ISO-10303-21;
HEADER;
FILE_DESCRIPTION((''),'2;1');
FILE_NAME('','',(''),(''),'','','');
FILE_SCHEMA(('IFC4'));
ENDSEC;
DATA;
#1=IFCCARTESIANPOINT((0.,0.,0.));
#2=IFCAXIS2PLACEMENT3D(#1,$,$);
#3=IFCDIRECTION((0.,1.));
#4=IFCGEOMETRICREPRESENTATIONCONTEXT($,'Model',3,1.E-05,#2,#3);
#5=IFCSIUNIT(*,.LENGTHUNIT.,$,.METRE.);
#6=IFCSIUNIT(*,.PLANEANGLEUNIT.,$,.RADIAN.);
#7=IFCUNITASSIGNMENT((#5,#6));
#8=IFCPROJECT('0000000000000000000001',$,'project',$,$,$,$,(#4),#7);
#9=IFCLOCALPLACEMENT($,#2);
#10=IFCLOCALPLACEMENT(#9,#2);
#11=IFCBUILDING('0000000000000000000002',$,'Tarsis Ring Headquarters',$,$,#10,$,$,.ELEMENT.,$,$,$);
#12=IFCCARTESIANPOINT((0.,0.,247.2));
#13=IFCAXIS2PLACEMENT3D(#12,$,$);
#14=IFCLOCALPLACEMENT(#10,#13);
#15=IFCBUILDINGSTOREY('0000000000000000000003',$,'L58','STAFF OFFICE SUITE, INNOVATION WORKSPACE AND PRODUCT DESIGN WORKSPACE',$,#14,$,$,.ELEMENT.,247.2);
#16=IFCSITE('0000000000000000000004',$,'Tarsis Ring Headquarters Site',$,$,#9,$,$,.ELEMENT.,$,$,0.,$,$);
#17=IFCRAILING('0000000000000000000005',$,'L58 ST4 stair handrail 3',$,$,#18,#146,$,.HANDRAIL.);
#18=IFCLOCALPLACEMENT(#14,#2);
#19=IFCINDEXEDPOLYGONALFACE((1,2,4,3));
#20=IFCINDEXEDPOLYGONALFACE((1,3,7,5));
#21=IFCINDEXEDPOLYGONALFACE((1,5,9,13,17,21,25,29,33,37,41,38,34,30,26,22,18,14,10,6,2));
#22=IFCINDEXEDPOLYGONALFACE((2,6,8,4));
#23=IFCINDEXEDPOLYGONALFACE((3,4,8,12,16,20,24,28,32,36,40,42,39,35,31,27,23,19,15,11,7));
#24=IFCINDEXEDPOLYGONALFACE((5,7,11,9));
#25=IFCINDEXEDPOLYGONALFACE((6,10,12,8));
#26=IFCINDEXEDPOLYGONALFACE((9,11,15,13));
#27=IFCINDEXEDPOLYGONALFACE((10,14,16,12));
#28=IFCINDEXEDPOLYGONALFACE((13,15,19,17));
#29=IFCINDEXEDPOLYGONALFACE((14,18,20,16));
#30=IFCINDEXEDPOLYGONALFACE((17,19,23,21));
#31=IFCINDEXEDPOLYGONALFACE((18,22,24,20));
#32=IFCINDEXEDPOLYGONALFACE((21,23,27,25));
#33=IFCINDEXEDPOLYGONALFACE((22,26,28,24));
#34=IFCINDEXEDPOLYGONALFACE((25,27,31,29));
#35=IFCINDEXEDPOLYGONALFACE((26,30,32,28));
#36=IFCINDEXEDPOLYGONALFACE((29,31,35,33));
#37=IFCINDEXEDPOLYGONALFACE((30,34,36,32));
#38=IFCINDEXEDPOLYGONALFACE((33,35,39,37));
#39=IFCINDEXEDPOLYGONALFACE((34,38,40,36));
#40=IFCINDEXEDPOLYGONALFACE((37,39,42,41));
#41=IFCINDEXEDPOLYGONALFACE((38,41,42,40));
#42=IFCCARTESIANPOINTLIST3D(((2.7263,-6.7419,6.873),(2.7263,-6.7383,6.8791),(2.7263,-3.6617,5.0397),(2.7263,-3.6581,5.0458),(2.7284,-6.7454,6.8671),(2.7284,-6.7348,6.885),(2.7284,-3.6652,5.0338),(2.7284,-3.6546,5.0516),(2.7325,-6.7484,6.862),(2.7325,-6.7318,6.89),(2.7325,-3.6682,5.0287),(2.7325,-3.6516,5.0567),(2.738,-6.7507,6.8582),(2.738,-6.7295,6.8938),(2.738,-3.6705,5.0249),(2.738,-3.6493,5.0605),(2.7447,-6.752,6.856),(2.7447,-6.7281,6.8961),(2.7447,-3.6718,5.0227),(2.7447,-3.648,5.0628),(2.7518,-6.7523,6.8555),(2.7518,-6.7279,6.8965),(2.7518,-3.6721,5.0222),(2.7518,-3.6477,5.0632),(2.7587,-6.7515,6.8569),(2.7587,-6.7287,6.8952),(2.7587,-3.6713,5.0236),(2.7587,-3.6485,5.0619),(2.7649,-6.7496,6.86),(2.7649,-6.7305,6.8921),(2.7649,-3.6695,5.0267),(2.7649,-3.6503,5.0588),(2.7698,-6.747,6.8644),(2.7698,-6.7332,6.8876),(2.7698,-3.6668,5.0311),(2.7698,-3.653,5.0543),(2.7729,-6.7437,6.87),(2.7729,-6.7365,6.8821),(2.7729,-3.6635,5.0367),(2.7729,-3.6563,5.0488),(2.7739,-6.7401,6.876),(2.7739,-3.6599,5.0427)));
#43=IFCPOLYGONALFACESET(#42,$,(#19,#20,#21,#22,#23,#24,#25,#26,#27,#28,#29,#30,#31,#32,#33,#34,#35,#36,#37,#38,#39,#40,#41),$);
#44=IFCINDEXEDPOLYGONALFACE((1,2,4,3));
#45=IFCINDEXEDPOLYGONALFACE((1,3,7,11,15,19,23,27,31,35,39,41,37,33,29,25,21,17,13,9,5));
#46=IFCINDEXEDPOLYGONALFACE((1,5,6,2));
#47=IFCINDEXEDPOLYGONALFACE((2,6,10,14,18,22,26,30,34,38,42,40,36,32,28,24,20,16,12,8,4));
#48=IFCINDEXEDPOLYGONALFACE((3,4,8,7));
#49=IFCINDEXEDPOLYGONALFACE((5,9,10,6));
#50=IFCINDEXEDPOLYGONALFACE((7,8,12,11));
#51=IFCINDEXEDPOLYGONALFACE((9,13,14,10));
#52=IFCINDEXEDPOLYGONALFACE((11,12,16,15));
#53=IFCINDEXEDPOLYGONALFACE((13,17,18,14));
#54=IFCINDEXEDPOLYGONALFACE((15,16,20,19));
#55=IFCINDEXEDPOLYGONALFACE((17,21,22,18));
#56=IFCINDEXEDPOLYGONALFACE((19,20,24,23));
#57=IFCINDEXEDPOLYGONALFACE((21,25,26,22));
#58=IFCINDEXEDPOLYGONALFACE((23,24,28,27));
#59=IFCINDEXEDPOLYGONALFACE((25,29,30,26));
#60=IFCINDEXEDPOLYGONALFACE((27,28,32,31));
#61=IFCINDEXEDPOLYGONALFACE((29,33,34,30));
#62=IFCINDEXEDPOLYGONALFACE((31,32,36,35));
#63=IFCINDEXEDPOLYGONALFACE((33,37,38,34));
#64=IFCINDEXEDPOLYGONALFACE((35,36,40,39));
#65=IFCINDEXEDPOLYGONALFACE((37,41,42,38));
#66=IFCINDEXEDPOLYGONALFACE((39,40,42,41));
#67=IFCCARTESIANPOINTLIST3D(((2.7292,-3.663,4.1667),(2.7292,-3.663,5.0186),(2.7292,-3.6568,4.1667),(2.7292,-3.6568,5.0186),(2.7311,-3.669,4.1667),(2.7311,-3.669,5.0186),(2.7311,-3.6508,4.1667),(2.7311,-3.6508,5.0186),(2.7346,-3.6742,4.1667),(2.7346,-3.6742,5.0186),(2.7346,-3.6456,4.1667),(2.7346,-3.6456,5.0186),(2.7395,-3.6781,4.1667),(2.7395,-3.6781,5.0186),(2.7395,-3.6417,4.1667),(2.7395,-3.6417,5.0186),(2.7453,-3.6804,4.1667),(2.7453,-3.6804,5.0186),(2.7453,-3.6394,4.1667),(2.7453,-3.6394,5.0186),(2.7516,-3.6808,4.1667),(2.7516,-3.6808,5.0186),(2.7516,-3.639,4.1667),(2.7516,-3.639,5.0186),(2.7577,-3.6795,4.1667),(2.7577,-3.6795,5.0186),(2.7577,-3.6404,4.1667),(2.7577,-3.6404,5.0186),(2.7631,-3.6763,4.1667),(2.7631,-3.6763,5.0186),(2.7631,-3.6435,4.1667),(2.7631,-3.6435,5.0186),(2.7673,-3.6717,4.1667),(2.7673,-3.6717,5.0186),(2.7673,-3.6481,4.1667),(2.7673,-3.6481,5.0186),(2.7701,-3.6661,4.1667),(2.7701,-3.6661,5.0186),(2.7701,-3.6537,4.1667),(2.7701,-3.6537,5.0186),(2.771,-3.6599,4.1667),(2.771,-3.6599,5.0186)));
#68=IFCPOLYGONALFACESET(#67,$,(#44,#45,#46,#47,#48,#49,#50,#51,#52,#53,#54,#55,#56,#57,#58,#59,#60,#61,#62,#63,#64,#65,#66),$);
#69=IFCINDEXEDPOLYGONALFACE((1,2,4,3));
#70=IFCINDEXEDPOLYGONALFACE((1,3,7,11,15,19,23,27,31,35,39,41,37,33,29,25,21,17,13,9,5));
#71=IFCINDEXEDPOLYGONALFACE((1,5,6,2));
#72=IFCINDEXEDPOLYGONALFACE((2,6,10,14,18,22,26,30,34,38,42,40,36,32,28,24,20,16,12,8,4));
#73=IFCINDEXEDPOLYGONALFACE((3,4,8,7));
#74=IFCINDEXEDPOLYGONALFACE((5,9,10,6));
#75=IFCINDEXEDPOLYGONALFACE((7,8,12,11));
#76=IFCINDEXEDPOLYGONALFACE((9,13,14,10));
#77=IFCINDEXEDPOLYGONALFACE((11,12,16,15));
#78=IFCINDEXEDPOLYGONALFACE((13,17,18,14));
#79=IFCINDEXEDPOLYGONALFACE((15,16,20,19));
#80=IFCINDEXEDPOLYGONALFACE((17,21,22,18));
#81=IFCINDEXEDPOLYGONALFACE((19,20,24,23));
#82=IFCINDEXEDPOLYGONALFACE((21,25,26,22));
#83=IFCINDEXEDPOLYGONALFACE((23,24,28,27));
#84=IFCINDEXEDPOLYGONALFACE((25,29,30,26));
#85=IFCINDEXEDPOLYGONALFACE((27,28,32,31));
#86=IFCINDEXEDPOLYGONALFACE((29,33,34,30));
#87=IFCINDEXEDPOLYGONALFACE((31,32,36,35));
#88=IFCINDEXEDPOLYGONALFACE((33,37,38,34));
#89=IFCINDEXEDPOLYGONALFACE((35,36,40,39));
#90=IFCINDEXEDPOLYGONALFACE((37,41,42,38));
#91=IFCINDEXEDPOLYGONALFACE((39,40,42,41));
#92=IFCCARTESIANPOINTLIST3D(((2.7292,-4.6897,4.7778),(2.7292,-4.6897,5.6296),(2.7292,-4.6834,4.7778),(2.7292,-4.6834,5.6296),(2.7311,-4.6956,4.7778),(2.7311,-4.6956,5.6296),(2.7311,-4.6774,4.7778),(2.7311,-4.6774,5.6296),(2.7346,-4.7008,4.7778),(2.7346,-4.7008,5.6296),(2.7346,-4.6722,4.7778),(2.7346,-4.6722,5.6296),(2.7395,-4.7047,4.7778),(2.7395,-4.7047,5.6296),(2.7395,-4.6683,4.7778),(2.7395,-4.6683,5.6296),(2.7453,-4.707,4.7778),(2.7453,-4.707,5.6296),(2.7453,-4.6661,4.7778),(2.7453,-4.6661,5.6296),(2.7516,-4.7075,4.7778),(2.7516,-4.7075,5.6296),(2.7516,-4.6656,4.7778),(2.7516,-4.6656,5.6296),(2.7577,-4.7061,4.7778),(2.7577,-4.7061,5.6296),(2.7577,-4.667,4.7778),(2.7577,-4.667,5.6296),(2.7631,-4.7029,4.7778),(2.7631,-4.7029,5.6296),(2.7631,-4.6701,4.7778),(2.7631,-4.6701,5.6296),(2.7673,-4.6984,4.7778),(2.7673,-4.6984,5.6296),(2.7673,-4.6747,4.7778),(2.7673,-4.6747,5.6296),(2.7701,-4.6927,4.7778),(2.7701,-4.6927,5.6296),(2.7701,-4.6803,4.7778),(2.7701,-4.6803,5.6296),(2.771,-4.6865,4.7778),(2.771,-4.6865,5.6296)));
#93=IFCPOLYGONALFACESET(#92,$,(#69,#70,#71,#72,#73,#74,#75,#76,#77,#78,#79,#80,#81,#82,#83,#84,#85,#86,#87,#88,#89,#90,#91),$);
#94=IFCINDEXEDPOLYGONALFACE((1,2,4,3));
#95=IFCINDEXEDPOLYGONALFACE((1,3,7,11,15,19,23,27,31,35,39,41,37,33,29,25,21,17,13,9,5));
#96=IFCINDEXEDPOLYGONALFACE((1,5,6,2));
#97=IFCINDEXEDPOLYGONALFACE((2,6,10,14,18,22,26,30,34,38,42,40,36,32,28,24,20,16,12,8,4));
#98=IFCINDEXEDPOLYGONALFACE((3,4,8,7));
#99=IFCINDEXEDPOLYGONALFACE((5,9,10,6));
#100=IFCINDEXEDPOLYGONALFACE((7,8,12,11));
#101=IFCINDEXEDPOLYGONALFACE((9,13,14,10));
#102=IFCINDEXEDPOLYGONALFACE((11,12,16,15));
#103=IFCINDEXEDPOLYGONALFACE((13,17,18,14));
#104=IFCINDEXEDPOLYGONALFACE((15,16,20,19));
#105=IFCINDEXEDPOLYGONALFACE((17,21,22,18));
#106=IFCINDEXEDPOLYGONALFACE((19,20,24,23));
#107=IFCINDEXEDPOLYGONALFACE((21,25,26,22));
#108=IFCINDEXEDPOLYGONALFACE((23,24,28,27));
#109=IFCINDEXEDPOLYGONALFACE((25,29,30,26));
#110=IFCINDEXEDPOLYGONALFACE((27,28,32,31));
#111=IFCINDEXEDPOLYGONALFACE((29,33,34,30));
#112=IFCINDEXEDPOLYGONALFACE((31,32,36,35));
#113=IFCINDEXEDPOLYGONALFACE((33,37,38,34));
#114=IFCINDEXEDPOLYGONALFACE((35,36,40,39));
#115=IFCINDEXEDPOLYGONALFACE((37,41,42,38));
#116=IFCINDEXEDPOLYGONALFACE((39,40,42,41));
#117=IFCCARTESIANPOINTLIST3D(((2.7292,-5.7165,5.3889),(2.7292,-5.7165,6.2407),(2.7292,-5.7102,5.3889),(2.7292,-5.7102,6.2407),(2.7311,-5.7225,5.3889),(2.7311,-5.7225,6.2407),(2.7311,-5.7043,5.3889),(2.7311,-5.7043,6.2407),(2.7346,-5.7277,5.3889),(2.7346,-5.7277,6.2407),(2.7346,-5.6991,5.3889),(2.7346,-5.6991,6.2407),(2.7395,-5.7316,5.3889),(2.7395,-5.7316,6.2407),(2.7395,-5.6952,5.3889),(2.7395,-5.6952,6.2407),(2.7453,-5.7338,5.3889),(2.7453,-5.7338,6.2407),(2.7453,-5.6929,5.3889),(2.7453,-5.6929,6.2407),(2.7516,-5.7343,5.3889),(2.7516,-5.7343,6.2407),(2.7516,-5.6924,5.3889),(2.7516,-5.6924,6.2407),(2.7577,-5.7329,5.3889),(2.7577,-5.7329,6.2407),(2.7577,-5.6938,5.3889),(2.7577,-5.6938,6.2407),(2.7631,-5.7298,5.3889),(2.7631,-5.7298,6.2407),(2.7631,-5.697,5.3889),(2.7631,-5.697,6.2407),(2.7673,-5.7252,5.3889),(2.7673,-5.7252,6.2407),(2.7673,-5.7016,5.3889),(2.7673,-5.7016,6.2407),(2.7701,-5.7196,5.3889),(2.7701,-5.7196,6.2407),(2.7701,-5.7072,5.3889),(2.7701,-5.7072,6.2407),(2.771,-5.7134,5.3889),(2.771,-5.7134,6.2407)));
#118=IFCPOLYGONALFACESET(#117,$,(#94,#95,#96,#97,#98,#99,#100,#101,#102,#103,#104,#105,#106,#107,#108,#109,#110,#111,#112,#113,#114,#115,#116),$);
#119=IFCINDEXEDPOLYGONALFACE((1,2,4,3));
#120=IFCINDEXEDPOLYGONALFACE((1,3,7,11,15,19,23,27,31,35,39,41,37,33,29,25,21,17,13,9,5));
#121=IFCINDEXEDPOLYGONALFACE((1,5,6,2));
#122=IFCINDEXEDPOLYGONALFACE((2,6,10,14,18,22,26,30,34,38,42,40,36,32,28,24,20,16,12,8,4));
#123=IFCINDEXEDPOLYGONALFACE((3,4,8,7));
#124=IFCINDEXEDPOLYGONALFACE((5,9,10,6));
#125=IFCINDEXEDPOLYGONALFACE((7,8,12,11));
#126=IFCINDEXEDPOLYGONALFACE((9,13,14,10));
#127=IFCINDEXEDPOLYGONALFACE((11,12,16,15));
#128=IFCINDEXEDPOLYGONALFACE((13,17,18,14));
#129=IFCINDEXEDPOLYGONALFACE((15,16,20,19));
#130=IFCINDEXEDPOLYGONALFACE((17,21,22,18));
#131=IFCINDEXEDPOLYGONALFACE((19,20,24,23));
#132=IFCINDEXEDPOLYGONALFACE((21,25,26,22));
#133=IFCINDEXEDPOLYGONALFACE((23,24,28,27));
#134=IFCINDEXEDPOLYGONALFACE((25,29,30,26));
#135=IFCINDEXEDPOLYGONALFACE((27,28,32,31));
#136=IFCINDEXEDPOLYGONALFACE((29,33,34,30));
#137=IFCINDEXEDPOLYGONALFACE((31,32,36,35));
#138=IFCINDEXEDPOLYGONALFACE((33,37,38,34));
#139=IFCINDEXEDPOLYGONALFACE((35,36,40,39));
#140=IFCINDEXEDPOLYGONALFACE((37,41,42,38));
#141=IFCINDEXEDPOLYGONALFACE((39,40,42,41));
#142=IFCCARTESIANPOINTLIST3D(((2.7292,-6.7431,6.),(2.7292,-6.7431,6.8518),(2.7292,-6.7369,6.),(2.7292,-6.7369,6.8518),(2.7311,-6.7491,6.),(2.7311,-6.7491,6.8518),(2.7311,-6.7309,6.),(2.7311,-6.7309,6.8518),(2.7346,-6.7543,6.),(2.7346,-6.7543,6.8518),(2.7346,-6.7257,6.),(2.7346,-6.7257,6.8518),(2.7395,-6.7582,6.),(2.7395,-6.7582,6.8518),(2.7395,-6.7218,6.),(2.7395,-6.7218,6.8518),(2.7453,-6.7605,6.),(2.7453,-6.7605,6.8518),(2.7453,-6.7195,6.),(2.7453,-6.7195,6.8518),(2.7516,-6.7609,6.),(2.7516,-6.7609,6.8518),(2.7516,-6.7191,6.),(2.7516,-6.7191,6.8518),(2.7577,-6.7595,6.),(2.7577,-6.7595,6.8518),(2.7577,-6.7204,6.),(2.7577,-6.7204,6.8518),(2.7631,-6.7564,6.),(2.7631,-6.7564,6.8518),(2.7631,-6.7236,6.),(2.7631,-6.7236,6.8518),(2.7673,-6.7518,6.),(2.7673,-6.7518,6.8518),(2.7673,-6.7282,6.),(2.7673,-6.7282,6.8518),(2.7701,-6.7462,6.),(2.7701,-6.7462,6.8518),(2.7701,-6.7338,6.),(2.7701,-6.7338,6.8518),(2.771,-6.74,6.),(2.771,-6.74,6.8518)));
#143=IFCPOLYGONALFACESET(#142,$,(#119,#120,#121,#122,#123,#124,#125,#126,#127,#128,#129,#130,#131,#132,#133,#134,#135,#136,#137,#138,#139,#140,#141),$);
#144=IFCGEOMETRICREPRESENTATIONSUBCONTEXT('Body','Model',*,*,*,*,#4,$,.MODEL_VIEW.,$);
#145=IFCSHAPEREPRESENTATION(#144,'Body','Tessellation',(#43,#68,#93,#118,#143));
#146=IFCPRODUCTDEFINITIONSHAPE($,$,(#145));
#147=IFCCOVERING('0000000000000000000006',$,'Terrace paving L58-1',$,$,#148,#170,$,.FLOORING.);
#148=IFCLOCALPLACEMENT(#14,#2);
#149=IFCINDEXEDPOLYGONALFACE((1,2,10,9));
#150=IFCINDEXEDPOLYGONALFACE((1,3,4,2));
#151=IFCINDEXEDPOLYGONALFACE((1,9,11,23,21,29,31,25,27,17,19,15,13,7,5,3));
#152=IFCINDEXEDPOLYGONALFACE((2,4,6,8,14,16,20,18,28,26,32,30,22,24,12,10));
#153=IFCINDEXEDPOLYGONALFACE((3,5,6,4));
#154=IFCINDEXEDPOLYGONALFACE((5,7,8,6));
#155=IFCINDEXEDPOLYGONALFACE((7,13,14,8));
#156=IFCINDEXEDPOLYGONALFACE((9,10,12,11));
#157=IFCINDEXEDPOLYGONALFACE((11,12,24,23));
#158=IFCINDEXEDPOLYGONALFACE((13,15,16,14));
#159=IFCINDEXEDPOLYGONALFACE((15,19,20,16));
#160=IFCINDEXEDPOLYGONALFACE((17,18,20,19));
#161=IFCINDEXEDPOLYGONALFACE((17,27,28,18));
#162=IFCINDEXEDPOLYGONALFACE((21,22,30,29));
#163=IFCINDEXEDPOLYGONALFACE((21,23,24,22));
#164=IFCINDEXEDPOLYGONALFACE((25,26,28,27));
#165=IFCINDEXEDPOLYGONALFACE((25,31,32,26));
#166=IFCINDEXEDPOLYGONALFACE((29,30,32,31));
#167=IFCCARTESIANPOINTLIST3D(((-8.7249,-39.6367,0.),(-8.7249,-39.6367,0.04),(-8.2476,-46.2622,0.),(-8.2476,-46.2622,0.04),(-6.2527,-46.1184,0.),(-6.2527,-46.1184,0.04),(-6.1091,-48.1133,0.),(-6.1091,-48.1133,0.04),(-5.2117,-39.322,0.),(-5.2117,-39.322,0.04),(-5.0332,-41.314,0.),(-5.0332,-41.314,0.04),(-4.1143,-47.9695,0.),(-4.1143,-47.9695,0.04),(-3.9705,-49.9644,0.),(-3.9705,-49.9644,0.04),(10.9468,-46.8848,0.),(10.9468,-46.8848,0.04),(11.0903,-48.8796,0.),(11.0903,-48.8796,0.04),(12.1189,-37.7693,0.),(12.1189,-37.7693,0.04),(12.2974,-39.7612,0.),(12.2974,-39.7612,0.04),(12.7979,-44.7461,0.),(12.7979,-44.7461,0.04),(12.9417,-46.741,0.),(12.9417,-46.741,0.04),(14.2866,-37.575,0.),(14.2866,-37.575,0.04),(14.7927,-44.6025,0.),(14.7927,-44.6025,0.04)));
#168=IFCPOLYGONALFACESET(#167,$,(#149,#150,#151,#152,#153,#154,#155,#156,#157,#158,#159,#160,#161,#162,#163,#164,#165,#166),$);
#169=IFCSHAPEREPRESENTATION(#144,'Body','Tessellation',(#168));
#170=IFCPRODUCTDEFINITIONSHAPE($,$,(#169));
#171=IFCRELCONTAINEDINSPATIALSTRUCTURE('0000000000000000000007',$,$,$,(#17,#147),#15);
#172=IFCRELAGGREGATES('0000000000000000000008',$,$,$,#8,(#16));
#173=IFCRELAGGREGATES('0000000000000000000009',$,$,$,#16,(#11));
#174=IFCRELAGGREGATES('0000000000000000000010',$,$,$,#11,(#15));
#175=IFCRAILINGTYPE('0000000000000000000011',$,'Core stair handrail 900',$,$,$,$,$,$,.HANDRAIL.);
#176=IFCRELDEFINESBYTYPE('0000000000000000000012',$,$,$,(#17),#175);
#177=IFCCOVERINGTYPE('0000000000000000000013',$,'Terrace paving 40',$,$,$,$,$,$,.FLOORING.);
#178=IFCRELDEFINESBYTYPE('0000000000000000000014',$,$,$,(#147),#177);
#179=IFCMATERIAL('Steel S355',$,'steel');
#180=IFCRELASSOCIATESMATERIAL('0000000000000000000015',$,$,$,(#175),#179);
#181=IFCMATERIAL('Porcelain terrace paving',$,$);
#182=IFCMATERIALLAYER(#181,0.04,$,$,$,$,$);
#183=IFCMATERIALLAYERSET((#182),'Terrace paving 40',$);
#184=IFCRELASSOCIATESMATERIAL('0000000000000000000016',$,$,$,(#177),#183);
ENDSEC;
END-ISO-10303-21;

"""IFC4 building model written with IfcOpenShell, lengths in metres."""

from ifc_helpers import new_model, si_unit, direction, frame, origin, origin_2d, place, context, subcontext, project, spatial, polyline, circle, outline, extrude, material, layer, layer_set, type_object, element, save


model = new_model("IFC4")

# Units and contexts
model_context = context("Model", 3, precision=1e-05, world=origin(), true_north=direction((0.0, 1.0)))
body_context = subcontext(model_context, "Body", "Model", "MODEL_VIEW")
ifc_project = project(units=[si_unit("LENGTHUNIT", "METRE"), si_unit("PLANEANGLEUNIT", "RADIAN")], contexts=[model_context])

# Site, building, storey
site_placement = place(None, origin())
site = spatial("IfcSite", under=ifc_project, at=site_placement, Name="Tarsis Ring Headquarters Site", CompositionType="ELEMENT", RefElevation=0.0)
building_placement = place(site_placement, origin())
building = spatial("IfcBuilding", under=site, at=building_placement, Name="Tarsis Ring Headquarters", CompositionType="ELEMENT")
storey_placement = place(building_placement, frame((0.0, 0.0, 247.2)))
storey = spatial("IfcBuildingStorey", under=building, at=storey_placement, Name="L58", Description="STAFF OFFICE SUITE, INNOVATION WORKSPACE AND PRODUCT DESIGN WORKSPACE", CompositionType="ELEMENT", Elevation=247.2)

# Railing
ifc_material_1 = material(Name="Steel S355", Category="steel")
railing_type_1 = type_object("IfcRailingType", Name="Core stair handrail 900", PredefinedType="HANDRAIL", material=ifc_material_1)
for number, where, name in (
    (1, (2.75, -3.6599, 4.1667), "L58 ST4 stair handrail 3"),
):
    element("IfcRailing", number, at=place(storey_placement, frame(where)), inside=storey, type_object=railing_type_1, Name=name, PredefinedType="HANDRAIL", context=body_context, shape_type="SweptSolid", body=[
        extrude(circle(Radius=0.0239, at=origin_2d()), frame((0.0, 0.0, 0.876), z_axis=(0.0, -0.859309, 0.511458), x_axis=(1.0, 0.0, 0.0)), (0.0, 0.0, 1.0), 3.5845),
        extrude(circle(Radius=0.021, at=origin_2d()), origin(), (0.0, 0.0, 1.0), 0.8518),
        extrude(circle(Radius=0.021, at=origin_2d()), frame((0.0, -1.0266, 0.6111)), (0.0, 0.0, 1.0), 0.8518),
        extrude(circle(Radius=0.021, at=origin_2d()), frame((0.0, -2.0535, 1.2222)), (0.0, 0.0, 1.0), 0.8518),
        extrude(circle(Radius=0.021, at=origin_2d()), frame((0.0, -3.0801, 1.8333)), (0.0, 0.0, 1.0), 0.8518),
    ])

# Covering
ifc_material_2 = material(Name="Porcelain terrace paving")
ifc_layer_1 = layer(ifc_material_2, 0.04)
ifc_layer_set_1 = layer_set([ifc_layer_1], Name="Terrace paving 40")
covering_type = type_object("IfcCoveringType", Name="Terrace paving 40", PredefinedType="FLOORING", material=ifc_layer_set_1)
covering_placement = place(storey_placement, origin())
element("IfcCovering", 2, at=covering_placement, inside=storey, type_object=covering_type, Name="Terrace paving L58-1", PredefinedType="FLOORING", context=body_context, shape_type="SweptSolid", body=[
    extrude(outline(polyline([(-8.7249, -39.6367), (-5.2117, -39.322), (-5.0332, -41.314), (12.2974, -39.7612), (12.1189, -37.7693), (14.2866, -37.575), (14.7927, -44.6025), (12.7979, -44.7461), (12.9417, -46.741), (10.9468, -46.8848), (11.0903, -48.8796), (-3.9705, -49.9644), (-4.1143, -47.9695), (-6.1091, -48.1133), (-6.2527, -46.1184), (-8.2476, -46.2622), (-8.7249, -39.6367)])), origin(), (0.0, 0.0, 1.0), 0.04),
])

save(model, "model.ifc")
